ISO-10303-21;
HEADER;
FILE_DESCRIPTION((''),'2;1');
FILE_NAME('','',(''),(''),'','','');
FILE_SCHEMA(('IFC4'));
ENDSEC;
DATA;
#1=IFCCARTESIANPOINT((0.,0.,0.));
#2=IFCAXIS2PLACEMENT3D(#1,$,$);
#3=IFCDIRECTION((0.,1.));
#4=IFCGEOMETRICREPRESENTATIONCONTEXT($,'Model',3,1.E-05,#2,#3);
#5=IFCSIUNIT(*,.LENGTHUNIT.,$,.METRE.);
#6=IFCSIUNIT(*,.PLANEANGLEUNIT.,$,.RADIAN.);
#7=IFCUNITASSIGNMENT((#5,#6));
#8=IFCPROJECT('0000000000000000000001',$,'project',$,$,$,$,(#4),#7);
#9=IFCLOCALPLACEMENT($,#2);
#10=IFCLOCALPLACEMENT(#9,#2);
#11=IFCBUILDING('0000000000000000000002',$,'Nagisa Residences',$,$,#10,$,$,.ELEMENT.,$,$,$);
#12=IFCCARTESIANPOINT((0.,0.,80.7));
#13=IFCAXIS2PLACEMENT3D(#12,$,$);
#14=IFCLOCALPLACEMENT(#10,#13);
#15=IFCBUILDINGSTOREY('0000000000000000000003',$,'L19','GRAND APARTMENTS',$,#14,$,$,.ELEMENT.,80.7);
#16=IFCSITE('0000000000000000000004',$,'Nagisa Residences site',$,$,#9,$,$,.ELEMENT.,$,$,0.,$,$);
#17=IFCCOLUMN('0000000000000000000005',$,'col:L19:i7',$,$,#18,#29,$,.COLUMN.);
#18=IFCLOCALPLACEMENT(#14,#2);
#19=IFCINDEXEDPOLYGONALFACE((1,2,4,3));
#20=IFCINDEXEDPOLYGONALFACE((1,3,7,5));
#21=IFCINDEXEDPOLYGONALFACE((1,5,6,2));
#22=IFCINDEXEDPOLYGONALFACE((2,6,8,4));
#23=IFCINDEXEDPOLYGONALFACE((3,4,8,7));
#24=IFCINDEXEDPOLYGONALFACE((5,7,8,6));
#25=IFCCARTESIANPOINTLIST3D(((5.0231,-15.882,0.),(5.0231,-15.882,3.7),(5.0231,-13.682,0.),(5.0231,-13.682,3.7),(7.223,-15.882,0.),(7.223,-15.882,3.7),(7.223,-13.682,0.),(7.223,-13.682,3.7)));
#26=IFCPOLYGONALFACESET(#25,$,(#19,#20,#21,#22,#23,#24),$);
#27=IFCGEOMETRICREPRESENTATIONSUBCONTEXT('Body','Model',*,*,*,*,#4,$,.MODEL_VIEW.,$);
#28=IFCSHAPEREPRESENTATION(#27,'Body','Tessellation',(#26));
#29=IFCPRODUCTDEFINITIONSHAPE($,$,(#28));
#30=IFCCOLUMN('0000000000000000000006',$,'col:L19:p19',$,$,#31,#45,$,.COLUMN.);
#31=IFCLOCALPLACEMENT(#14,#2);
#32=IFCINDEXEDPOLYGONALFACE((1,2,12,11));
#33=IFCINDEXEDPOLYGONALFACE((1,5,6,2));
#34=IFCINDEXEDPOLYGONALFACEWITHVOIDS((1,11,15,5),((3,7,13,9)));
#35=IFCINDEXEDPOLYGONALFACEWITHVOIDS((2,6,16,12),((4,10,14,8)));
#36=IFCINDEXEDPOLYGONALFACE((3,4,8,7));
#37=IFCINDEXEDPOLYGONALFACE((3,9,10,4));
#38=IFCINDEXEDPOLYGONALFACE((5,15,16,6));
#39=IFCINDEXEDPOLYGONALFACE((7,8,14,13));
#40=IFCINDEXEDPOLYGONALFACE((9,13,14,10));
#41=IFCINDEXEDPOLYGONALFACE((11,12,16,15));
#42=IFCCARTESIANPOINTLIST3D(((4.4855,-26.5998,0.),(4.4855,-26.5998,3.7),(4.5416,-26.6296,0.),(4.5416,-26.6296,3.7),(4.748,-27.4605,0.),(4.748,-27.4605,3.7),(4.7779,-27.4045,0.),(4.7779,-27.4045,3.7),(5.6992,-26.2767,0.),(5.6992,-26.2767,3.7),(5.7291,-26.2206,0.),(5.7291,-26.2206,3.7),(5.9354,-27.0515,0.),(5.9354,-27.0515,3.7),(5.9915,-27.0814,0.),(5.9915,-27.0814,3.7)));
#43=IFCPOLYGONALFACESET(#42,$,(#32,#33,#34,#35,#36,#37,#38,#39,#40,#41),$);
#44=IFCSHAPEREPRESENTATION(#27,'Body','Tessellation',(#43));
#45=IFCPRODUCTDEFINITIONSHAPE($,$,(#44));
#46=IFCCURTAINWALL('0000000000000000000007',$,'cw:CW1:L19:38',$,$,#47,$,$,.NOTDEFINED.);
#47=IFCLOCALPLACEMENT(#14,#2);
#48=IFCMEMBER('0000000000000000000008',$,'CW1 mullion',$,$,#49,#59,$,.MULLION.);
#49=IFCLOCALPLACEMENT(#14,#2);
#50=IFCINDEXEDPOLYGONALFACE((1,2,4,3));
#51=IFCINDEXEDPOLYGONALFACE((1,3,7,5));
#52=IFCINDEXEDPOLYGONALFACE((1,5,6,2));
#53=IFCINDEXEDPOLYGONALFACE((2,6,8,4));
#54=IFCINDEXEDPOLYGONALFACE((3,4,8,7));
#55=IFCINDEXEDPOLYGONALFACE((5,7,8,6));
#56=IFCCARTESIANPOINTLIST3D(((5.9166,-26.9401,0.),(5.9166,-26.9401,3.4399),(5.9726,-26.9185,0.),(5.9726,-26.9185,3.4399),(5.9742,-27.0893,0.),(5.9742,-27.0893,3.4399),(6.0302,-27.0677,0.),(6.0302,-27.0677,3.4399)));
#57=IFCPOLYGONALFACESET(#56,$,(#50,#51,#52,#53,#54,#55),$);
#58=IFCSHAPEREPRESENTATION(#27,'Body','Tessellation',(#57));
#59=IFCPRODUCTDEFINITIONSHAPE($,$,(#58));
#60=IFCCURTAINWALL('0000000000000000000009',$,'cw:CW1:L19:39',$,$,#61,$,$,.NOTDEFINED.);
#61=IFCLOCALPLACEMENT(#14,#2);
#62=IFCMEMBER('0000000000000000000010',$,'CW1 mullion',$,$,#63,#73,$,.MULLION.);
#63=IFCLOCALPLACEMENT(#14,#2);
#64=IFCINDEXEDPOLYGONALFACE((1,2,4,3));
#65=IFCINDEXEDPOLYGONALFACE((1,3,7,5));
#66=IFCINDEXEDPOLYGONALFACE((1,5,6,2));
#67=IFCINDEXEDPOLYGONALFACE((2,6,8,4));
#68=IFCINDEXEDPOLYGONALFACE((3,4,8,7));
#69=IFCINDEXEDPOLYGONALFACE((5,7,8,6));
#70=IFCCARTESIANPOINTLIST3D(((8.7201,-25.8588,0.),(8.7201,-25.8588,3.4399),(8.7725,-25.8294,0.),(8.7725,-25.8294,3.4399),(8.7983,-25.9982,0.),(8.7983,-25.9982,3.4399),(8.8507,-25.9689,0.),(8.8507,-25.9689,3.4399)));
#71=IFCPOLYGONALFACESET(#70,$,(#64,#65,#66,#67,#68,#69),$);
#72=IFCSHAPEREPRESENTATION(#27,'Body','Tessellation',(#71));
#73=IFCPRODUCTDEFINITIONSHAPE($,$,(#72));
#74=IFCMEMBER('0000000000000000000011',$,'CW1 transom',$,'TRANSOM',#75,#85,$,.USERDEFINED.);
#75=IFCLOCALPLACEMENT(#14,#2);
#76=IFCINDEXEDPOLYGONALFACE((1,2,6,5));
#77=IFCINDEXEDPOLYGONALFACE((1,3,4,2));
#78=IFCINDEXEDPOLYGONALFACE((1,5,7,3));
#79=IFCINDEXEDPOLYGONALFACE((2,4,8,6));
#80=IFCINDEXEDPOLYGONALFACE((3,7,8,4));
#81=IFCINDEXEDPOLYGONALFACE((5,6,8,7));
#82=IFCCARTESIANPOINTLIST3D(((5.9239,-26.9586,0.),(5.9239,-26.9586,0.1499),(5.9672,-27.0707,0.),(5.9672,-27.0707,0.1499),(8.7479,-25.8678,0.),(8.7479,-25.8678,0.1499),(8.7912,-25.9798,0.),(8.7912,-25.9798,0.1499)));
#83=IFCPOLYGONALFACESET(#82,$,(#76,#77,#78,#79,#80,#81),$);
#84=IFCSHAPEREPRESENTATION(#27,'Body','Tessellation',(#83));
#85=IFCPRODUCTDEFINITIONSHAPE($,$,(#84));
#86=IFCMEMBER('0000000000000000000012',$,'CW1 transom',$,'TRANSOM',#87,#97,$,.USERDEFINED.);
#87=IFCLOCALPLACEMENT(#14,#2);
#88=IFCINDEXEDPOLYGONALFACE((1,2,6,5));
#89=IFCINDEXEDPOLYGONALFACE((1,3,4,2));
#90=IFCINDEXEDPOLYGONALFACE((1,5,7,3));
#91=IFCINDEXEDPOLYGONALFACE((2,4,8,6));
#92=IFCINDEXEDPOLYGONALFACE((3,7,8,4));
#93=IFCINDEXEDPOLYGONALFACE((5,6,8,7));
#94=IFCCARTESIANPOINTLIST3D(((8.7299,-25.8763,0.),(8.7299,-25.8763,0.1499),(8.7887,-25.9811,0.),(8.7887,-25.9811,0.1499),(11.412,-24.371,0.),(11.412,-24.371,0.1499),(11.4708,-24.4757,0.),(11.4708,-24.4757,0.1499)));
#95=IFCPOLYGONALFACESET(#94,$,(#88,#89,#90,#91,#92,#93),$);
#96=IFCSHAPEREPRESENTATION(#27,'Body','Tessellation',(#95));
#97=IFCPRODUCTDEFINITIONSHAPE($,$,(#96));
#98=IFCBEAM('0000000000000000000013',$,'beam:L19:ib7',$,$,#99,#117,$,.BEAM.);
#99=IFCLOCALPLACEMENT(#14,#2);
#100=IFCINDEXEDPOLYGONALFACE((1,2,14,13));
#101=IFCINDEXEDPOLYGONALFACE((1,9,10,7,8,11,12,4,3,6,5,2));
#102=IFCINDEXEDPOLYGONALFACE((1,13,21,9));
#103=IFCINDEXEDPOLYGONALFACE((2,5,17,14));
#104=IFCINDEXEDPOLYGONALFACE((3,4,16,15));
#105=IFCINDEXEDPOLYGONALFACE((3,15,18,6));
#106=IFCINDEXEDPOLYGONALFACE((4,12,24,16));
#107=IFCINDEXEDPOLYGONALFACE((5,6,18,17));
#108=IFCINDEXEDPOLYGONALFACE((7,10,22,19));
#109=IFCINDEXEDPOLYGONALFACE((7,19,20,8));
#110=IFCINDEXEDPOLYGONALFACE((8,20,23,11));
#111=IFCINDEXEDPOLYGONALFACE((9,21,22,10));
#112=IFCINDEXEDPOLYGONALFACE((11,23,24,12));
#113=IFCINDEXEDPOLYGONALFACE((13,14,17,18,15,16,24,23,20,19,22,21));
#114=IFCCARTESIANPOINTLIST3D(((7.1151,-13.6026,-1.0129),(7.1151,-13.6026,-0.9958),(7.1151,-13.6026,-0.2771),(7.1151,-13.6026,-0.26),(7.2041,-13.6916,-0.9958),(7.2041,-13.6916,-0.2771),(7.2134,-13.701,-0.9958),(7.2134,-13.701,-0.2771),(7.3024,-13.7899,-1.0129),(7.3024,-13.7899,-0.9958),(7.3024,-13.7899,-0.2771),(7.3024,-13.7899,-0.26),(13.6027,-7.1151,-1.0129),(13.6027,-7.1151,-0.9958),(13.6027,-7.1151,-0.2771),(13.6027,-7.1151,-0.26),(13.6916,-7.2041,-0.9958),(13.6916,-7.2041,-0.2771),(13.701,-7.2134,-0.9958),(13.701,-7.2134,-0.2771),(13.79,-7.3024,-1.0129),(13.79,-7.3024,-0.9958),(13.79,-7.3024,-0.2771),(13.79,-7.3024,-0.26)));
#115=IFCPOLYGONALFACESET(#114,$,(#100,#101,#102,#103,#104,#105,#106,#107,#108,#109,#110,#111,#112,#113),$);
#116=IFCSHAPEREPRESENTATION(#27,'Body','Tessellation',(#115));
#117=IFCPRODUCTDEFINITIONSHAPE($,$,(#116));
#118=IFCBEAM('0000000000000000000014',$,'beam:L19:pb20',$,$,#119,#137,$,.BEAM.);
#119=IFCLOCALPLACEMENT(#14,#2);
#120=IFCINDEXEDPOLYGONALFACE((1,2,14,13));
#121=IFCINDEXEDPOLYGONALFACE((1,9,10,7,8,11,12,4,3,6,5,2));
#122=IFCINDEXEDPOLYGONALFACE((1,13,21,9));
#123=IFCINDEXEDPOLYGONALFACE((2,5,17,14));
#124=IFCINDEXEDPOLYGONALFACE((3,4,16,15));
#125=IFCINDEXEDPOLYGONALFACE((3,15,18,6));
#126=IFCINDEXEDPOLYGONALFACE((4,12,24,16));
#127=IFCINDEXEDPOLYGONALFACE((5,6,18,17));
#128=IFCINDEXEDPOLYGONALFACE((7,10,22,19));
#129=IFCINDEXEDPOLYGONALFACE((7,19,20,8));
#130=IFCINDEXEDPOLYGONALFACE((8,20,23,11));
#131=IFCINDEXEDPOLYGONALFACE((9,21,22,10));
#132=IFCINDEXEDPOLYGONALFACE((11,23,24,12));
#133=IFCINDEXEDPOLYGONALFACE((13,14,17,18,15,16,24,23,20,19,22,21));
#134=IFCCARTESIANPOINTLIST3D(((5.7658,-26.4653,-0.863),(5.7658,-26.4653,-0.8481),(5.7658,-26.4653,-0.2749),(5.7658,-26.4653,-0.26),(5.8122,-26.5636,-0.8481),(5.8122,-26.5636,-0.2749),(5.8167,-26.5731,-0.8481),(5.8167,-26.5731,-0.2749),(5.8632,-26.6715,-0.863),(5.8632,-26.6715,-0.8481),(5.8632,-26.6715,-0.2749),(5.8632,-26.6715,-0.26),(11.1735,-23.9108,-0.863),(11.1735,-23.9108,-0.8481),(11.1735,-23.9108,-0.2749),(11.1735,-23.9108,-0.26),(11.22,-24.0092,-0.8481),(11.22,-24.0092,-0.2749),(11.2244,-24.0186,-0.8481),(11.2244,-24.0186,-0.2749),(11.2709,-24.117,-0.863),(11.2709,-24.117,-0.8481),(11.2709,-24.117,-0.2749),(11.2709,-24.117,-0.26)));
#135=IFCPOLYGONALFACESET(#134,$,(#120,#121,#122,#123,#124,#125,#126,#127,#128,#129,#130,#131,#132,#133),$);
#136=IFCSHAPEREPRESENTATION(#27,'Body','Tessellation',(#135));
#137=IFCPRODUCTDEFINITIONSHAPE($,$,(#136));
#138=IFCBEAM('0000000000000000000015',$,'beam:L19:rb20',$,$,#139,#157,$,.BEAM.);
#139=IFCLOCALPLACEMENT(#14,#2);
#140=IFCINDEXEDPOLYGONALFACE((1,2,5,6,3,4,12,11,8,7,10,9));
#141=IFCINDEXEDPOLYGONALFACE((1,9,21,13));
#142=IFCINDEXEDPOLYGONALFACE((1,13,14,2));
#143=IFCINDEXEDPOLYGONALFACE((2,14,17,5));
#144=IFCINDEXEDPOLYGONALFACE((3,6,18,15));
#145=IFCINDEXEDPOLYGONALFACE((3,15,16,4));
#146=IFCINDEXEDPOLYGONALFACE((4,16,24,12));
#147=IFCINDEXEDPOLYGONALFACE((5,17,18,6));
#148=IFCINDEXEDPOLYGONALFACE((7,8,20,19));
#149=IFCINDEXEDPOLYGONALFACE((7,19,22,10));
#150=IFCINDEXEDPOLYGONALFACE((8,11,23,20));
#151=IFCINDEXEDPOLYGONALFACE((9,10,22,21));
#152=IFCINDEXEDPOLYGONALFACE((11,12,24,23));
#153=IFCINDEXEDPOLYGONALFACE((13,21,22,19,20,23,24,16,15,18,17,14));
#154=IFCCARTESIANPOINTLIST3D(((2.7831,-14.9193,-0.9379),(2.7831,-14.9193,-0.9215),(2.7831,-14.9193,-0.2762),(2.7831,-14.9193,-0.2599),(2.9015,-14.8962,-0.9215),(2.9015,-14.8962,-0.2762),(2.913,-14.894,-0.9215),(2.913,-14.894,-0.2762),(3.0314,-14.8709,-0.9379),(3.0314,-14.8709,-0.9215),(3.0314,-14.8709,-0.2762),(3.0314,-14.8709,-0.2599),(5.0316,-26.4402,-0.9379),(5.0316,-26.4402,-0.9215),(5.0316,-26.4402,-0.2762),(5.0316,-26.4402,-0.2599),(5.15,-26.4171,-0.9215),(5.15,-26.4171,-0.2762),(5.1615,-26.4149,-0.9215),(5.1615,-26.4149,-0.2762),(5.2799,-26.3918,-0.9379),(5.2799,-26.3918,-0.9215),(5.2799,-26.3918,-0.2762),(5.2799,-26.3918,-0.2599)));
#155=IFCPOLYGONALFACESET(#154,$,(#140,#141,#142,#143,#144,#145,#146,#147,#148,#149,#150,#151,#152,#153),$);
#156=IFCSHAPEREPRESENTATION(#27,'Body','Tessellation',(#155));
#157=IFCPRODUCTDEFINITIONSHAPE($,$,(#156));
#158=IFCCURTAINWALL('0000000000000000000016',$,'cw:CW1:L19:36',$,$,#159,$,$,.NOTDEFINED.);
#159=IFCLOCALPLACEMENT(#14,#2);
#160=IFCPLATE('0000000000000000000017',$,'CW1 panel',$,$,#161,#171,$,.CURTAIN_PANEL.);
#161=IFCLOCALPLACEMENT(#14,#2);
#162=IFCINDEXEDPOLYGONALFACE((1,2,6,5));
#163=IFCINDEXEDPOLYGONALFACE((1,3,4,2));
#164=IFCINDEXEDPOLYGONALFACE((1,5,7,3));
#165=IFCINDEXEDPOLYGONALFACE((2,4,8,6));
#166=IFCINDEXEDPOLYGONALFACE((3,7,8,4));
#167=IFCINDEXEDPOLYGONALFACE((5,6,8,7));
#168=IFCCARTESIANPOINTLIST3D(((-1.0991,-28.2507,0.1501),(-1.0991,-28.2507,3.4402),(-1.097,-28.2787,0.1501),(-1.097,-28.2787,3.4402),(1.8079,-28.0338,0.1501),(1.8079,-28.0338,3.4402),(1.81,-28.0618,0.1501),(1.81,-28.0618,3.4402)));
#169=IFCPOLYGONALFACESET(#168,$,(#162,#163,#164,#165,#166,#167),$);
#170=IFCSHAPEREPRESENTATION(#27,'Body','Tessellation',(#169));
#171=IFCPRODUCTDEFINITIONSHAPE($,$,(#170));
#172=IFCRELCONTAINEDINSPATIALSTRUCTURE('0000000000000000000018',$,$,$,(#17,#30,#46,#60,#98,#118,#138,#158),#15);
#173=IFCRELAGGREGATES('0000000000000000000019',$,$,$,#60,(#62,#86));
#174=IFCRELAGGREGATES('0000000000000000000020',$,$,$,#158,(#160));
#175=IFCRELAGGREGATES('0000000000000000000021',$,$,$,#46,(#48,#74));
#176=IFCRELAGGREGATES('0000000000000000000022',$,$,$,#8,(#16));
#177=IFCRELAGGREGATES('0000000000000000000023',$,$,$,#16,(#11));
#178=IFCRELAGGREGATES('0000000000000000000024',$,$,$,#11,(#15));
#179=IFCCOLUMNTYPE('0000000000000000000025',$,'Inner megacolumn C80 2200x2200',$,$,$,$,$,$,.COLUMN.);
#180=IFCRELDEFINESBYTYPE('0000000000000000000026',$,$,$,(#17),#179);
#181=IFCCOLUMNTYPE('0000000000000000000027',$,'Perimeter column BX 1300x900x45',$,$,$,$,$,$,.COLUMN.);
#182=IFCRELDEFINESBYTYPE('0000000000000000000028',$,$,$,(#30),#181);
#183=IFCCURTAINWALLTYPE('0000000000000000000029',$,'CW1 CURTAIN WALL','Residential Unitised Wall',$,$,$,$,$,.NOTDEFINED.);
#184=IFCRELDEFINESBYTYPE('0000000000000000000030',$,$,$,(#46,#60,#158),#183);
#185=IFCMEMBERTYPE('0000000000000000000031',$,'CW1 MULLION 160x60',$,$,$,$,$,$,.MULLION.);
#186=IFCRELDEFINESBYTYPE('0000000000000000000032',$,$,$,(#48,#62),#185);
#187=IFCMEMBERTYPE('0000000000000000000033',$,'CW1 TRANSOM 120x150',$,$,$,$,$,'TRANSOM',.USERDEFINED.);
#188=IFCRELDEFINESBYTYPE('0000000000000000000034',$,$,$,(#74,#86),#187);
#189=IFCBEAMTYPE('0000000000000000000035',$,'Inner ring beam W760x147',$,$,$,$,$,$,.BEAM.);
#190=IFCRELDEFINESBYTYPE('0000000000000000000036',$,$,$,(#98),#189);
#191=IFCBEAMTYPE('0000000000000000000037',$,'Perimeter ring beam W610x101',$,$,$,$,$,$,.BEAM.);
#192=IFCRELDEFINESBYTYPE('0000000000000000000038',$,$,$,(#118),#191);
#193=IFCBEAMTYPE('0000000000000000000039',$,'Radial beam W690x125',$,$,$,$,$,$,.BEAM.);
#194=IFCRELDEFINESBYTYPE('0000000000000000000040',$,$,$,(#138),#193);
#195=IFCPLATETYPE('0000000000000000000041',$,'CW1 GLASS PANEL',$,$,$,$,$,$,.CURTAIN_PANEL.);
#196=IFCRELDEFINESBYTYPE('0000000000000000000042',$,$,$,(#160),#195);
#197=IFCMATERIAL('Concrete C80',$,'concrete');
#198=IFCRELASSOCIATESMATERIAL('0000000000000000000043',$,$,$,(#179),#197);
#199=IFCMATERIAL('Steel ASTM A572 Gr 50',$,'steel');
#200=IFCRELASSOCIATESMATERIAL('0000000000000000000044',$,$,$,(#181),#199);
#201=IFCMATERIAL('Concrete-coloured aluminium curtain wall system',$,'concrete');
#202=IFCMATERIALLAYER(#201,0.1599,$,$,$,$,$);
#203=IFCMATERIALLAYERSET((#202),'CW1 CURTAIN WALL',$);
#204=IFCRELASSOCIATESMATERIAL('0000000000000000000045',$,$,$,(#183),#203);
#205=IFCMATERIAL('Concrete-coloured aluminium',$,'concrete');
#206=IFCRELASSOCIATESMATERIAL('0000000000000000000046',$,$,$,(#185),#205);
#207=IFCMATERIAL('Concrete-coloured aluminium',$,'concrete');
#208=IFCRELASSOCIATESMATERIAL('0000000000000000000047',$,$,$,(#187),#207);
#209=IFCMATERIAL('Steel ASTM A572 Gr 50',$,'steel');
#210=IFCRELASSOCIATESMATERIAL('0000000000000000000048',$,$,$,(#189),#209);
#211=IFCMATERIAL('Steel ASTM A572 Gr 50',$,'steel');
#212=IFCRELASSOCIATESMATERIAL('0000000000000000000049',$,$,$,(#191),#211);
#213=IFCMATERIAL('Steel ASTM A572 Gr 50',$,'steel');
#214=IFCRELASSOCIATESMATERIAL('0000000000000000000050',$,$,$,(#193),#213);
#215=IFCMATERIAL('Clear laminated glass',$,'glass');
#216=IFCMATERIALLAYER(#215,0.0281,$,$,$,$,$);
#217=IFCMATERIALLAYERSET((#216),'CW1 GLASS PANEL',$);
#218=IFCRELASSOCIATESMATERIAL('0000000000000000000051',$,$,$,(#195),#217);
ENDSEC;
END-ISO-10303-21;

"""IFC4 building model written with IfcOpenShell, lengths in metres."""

from ifc_helpers import new_model, si_unit, direction, frame, origin, origin_2d, place, context, subcontext, project, spatial, rectangle, hollow_rectangle, i_section, extrude, material, layer, layer_set, material_profile, profile_set, type_object, element, aggregate, save


model = new_model("IFC4")

# Units and contexts
model_context = context("Model", 3, precision=1e-05, world=origin(), true_north=direction((0.0, 1.0)))
body_context = subcontext(model_context, "Body", "Model", "MODEL_VIEW")
ifc_project = project(units=[si_unit("LENGTHUNIT", "METRE"), si_unit("PLANEANGLEUNIT", "RADIAN")], contexts=[model_context])

# Site, building, storey
site_placement = place(None, origin())
site = spatial("IfcSite", under=ifc_project, at=site_placement, Name="Nagisa Residences site", CompositionType="ELEMENT", RefElevation=0.0)
building_placement = place(site_placement, origin())
building = spatial("IfcBuilding", under=site, at=building_placement, Name="Nagisa Residences", CompositionType="ELEMENT")
storey_placement = place(building_placement, frame((0.0, 0.0, 80.7)))
storey = spatial("IfcBuildingStorey", under=building, at=storey_placement, Name="L19", Description="GRAND APARTMENTS", CompositionType="ELEMENT", Elevation=80.7)

# Columns
ifc_material_1 = material(Name="Concrete C80", Category="concrete")
ifc_material_profile_1 = material_profile(ifc_material_1, rectangle(XDim=2.2, YDim=2.2, at=origin_2d()), Name="C80 2200x2200")
ifc_profile_set_1 = profile_set([ifc_material_profile_1], Name="Concrete C80")
column_type_1 = type_object("IfcColumnType", Name="Inner megacolumn C80 2200x2200", PredefinedType="COLUMN", material=ifc_profile_set_1)
column_1_placement = place(storey_placement, frame((6.123, -14.782, 0.0), z_axis=(0.0, 0.0, 1.0), x_axis=(1.0, 0.0, 0.0)))
element("IfcColumn", 1, at=column_1_placement, inside=storey, type_object=column_type_1, Name="col:L19:i7", PredefinedType="COLUMN", context=body_context, shape_type="SweptSolid", body=[
    extrude(rectangle(XDim=2.2, YDim=2.2, at=origin_2d()), origin(), (0.0, 0.0, 1.0), 3.7),
])
ifc_material_2 = material(Name="Steel ASTM A572 Gr 50", Category="steel")
ifc_material_profile_2 = material_profile(ifc_material_2, hollow_rectangle(XDim=1.3, YDim=0.8999, WallThickness=0.0449, at=origin_2d()), Name="BX 1300x900x45")
ifc_profile_set_2 = profile_set([ifc_material_profile_2], Name="Steel ASTM A572 Gr 50")
column_type_2 = type_object("IfcColumnType", Name="Perimeter column BX 1300x900x45", PredefinedType="COLUMN", material=ifc_profile_set_2)
column_2_placement = place(storey_placement, frame((5.2385, -26.8406, 0.0), z_axis=(0.0, 0.0, 1.0), x_axis=(0.956525, 0.291652, 0.0)))
element("IfcColumn", 2, at=column_2_placement, inside=storey, type_object=column_type_2, Name="col:L19:p19", PredefinedType="COLUMN", context=body_context, shape_type="SweptSolid", body=[
    extrude(hollow_rectangle(XDim=1.3, YDim=0.8999, WallThickness=0.0449, at=origin_2d()), origin(), (0.0, 0.0, 1.0), 3.7),
])

# Curtain walls, members
ifc_material_3 = material(Name="Concrete-coloured aluminium curtain wall system", Category="concrete")
ifc_layer_1 = layer(ifc_material_3, 0.1599)
ifc_layer_set_1 = layer_set([ifc_layer_1], Name="CW1 CURTAIN WALL")
curtain_wall_type = type_object("IfcCurtainWallType", Name="CW1 CURTAIN WALL", Description="Residential Unitised Wall", PredefinedType="NOTDEFINED", material=ifc_layer_set_1)
curtain_wall_1_placement = place(storey_placement, origin())
curtain_wall_1 = element("IfcCurtainWall", 3, at=curtain_wall_1_placement, inside=storey, type_object=curtain_wall_type, Name="cw:CW1:L19:38", PredefinedType="NOTDEFINED")
ifc_material_4 = material(Name="Concrete-coloured aluminium", Category="concrete")
ifc_material_profile_3 = material_profile(ifc_material_4, rectangle(XDim=0.1599, YDim=0.0601, at=origin_2d()), Name="CW1 MULLION 160x60")
ifc_profile_set_3 = profile_set([ifc_material_profile_3], Name="Concrete-coloured aluminium")
member_type_1 = type_object("IfcMemberType", Name="CW1 MULLION 160x60", PredefinedType="MULLION", material=ifc_profile_set_3)
member_1_placement = place(storey_placement, frame((5.9734, -27.0039, 0.0), z_axis=(0.0, 0.0, 1.0), x_axis=(-0.360328, 0.932826, 0.0)))
member_1 = element("IfcMember", 4, at=member_1_placement, type_object=member_type_1, Name="CW1 mullion", PredefinedType="MULLION", context=body_context, shape_type="SweptSolid", body=[
    extrude(rectangle(XDim=0.1599, YDim=0.0601, at=origin_2d()), origin(), (0.0, 0.0, 1.0), 3.4399),
])
curtain_wall_2_placement = place(storey_placement, origin())
curtain_wall_2 = element("IfcCurtainWall", 5, at=curtain_wall_2_placement, inside=storey, type_object=curtain_wall_type, Name="cw:CW1:L19:39", PredefinedType="NOTDEFINED")
member_2_placement = place(storey_placement, frame((8.7854, -25.9138, 0.0), z_axis=(0.0, 0.0, 1.0), x_axis=(-0.489377, 0.872072, 0.0)))
member_2 = element("IfcMember", 6, at=member_2_placement, type_object=member_type_1, Name="CW1 mullion", PredefinedType="MULLION", context=body_context, shape_type="SweptSolid", body=[
    extrude(rectangle(XDim=0.1599, YDim=0.0601, at=origin_2d()), origin(), (0.0, 0.0, 1.0), 3.4399),
])

# Members
ifc_material_5 = material(Name="Concrete-coloured aluminium", Category="concrete")
ifc_material_profile_4 = material_profile(ifc_material_5, rectangle(XDim=0.1201, YDim=0.1499, at=origin_2d()), Name="CW1 TRANSOM 120x150")
ifc_profile_set_4 = profile_set([ifc_material_profile_4], Name="Concrete-coloured aluminium")
member_type_2 = type_object("IfcMemberType", Name="CW1 TRANSOM 120x150", ElementType="TRANSOM", PredefinedType="USERDEFINED", material=ifc_profile_set_4)
member_3_placement = place(storey_placement, frame((5.9456, -27.0146, 0.075), z_axis=(0.932827, 0.360324, 0.0), x_axis=(-0.360324, 0.932827, 0.0)))
member_3 = element("IfcMember", 7, at=member_3_placement, type_object=member_type_2, Name="CW1 transom", ObjectType="TRANSOM", PredefinedType="USERDEFINED", context=body_context, shape_type="SweptSolid", body=[
    extrude(rectangle(XDim=0.1201, YDim=0.1499, at=origin_2d()), origin(), (0.0, 0.0, 1.0), 3.0273),
])
member_4_placement = place(storey_placement, frame((8.7593, -25.9287, 0.075), z_axis=(0.872037, 0.489439, 0.0), x_axis=(-0.489439, 0.872037, 0.0)))
member_4 = element("IfcMember", 8, at=member_4_placement, type_object=member_type_2, Name="CW1 transom", ObjectType="TRANSOM", PredefinedType="USERDEFINED", context=body_context, shape_type="SweptSolid", body=[
    extrude(rectangle(XDim=0.1201, YDim=0.1499, at=origin_2d()), origin(), (0.0, 0.0, 1.0), 3.0757),
])
aggregate(curtain_wall_2, [member_2, member_4])

# Beams
ifc_material_6 = material(Name="Steel ASTM A572 Gr 50", Category="steel")
ifc_material_profile_5 = material_profile(ifc_material_6, i_section(OverallWidth=0.2649, OverallDepth=0.7529, WebThickness=0.0132, FlangeThickness=0.0171, at=origin_2d()), Name="W760x147")
ifc_profile_set_5 = profile_set([ifc_material_profile_5], Name="Steel ASTM A572 Gr 50")
beam_type_1 = type_object("IfcBeamType", Name="Inner ring beam W760x147", PredefinedType="BEAM", material=ifc_profile_set_5)
beam_1_placement = place(storey_placement, frame((7.2087, -13.6963, -0.6365), z_axis=(0.707107, 0.707107, 0.0), x_axis=(-0.707107, 0.707107, 0.0)))
element("IfcBeam", 9, at=beam_1_placement, inside=storey, type_object=beam_type_1, Name="beam:L19:ib7", PredefinedType="BEAM", context=body_context, shape_type="SweptSolid", body=[
    extrude(i_section(OverallWidth=0.2649, OverallDepth=0.7529, WebThickness=0.0132, FlangeThickness=0.0171, at=origin_2d()), origin(), (0.0, 0.0, 1.0), 9.1748),
])
ifc_material_7 = material(Name="Steel ASTM A572 Gr 50", Category="steel")
ifc_material_profile_6 = material_profile(ifc_material_7, i_section(OverallWidth=0.228, OverallDepth=0.603, WebThickness=0.0105, FlangeThickness=0.0149, at=origin_2d()), Name="W610x101")
ifc_profile_set_6 = profile_set([ifc_material_profile_6], Name="Steel ASTM A572 Gr 50")
beam_type_2 = type_object("IfcBeamType", Name="Perimeter ring beam W610x101", PredefinedType="BEAM", material=ifc_profile_set_6)
beam_2_placement = place(storey_placement, frame((5.8145, -26.5684, -0.5615), z_axis=(0.904197, 0.427116, 0.0), x_axis=(-0.427116, 0.904197, 0.0)))
element("IfcBeam", 10, at=beam_2_placement, inside=storey, type_object=beam_type_2, Name="beam:L19:pb20", PredefinedType="BEAM", context=body_context, shape_type="SweptSolid", body=[
    extrude(i_section(OverallWidth=0.228, OverallDepth=0.603, WebThickness=0.0105, FlangeThickness=0.0149, at=origin_2d()), origin(), (0.0, 0.0, 1.0), 5.9807),
])
ifc_material_8 = material(Name="Steel ASTM A572 Gr 50", Category="steel")
ifc_material_profile_7 = material_profile(ifc_material_8, i_section(OverallWidth=0.2529, OverallDepth=0.678, WebThickness=0.0117, FlangeThickness=0.0164, at=origin_2d()), Name="W690x125")
ifc_profile_set_7 = profile_set([ifc_material_profile_7], Name="Steel ASTM A572 Gr 50")
beam_type_3 = type_object("IfcBeamType", Name="Radial beam W690x125", PredefinedType="BEAM", material=ifc_profile_set_7)
beam_3_placement = place(storey_placement, frame((5.1558, -26.416, -0.5989), z_axis=(-0.191554, 0.981482, 0.0), x_axis=(-0.981482, -0.191554, 0.0)))
element("IfcBeam", 11, at=beam_3_placement, inside=storey, type_object=beam_type_3, Name="beam:L19:rb20", PredefinedType="BEAM", context=body_context, shape_type="SweptSolid", body=[
    extrude(i_section(OverallWidth=0.2529, OverallDepth=0.678, WebThickness=0.0117, FlangeThickness=0.0164, at=origin_2d()), origin(), (0.0, 0.0, 1.0), 11.7383),
])

# Curtain wall, plate
curtain_wall_3_placement = place(storey_placement, origin())
curtain_wall_3 = element("IfcCurtainWall", 12, at=curtain_wall_3_placement, inside=storey, type_object=curtain_wall_type, Name="cw:CW1:L19:36", PredefinedType="NOTDEFINED")
ifc_material_9 = material(Name="Clear laminated glass", Category="glass")
ifc_layer_2 = layer(ifc_material_9, 0.0281)
ifc_layer_set_2 = layer_set([ifc_layer_2], Name="CW1 GLASS PANEL")
plate_type = type_object("IfcPlateType", Name="CW1 GLASS PANEL", PredefinedType="CURTAIN_PANEL", material=ifc_layer_set_2)
plate_1_placement = place(storey_placement, frame((0.3555, -28.1562, 0.1501), z_axis=(0.0, 0.0, 1.0), x_axis=(0.99723, 0.074377, 0.0)))
plate_1 = element("IfcPlate", 13, at=plate_1_placement, type_object=plate_type, Name="CW1 panel", PredefinedType="CURTAIN_PANEL", context=body_context, shape_type="SweptSolid", body=[
    extrude(rectangle(XDim=2.915, YDim=0.0281, at=origin_2d()), origin(), (0.0, 0.0, 1.0), 3.29),
])
aggregate(curtain_wall_3, [plate_1])

aggregate(curtain_wall_1, [member_1, member_3])

save(model, "model.ifc")
